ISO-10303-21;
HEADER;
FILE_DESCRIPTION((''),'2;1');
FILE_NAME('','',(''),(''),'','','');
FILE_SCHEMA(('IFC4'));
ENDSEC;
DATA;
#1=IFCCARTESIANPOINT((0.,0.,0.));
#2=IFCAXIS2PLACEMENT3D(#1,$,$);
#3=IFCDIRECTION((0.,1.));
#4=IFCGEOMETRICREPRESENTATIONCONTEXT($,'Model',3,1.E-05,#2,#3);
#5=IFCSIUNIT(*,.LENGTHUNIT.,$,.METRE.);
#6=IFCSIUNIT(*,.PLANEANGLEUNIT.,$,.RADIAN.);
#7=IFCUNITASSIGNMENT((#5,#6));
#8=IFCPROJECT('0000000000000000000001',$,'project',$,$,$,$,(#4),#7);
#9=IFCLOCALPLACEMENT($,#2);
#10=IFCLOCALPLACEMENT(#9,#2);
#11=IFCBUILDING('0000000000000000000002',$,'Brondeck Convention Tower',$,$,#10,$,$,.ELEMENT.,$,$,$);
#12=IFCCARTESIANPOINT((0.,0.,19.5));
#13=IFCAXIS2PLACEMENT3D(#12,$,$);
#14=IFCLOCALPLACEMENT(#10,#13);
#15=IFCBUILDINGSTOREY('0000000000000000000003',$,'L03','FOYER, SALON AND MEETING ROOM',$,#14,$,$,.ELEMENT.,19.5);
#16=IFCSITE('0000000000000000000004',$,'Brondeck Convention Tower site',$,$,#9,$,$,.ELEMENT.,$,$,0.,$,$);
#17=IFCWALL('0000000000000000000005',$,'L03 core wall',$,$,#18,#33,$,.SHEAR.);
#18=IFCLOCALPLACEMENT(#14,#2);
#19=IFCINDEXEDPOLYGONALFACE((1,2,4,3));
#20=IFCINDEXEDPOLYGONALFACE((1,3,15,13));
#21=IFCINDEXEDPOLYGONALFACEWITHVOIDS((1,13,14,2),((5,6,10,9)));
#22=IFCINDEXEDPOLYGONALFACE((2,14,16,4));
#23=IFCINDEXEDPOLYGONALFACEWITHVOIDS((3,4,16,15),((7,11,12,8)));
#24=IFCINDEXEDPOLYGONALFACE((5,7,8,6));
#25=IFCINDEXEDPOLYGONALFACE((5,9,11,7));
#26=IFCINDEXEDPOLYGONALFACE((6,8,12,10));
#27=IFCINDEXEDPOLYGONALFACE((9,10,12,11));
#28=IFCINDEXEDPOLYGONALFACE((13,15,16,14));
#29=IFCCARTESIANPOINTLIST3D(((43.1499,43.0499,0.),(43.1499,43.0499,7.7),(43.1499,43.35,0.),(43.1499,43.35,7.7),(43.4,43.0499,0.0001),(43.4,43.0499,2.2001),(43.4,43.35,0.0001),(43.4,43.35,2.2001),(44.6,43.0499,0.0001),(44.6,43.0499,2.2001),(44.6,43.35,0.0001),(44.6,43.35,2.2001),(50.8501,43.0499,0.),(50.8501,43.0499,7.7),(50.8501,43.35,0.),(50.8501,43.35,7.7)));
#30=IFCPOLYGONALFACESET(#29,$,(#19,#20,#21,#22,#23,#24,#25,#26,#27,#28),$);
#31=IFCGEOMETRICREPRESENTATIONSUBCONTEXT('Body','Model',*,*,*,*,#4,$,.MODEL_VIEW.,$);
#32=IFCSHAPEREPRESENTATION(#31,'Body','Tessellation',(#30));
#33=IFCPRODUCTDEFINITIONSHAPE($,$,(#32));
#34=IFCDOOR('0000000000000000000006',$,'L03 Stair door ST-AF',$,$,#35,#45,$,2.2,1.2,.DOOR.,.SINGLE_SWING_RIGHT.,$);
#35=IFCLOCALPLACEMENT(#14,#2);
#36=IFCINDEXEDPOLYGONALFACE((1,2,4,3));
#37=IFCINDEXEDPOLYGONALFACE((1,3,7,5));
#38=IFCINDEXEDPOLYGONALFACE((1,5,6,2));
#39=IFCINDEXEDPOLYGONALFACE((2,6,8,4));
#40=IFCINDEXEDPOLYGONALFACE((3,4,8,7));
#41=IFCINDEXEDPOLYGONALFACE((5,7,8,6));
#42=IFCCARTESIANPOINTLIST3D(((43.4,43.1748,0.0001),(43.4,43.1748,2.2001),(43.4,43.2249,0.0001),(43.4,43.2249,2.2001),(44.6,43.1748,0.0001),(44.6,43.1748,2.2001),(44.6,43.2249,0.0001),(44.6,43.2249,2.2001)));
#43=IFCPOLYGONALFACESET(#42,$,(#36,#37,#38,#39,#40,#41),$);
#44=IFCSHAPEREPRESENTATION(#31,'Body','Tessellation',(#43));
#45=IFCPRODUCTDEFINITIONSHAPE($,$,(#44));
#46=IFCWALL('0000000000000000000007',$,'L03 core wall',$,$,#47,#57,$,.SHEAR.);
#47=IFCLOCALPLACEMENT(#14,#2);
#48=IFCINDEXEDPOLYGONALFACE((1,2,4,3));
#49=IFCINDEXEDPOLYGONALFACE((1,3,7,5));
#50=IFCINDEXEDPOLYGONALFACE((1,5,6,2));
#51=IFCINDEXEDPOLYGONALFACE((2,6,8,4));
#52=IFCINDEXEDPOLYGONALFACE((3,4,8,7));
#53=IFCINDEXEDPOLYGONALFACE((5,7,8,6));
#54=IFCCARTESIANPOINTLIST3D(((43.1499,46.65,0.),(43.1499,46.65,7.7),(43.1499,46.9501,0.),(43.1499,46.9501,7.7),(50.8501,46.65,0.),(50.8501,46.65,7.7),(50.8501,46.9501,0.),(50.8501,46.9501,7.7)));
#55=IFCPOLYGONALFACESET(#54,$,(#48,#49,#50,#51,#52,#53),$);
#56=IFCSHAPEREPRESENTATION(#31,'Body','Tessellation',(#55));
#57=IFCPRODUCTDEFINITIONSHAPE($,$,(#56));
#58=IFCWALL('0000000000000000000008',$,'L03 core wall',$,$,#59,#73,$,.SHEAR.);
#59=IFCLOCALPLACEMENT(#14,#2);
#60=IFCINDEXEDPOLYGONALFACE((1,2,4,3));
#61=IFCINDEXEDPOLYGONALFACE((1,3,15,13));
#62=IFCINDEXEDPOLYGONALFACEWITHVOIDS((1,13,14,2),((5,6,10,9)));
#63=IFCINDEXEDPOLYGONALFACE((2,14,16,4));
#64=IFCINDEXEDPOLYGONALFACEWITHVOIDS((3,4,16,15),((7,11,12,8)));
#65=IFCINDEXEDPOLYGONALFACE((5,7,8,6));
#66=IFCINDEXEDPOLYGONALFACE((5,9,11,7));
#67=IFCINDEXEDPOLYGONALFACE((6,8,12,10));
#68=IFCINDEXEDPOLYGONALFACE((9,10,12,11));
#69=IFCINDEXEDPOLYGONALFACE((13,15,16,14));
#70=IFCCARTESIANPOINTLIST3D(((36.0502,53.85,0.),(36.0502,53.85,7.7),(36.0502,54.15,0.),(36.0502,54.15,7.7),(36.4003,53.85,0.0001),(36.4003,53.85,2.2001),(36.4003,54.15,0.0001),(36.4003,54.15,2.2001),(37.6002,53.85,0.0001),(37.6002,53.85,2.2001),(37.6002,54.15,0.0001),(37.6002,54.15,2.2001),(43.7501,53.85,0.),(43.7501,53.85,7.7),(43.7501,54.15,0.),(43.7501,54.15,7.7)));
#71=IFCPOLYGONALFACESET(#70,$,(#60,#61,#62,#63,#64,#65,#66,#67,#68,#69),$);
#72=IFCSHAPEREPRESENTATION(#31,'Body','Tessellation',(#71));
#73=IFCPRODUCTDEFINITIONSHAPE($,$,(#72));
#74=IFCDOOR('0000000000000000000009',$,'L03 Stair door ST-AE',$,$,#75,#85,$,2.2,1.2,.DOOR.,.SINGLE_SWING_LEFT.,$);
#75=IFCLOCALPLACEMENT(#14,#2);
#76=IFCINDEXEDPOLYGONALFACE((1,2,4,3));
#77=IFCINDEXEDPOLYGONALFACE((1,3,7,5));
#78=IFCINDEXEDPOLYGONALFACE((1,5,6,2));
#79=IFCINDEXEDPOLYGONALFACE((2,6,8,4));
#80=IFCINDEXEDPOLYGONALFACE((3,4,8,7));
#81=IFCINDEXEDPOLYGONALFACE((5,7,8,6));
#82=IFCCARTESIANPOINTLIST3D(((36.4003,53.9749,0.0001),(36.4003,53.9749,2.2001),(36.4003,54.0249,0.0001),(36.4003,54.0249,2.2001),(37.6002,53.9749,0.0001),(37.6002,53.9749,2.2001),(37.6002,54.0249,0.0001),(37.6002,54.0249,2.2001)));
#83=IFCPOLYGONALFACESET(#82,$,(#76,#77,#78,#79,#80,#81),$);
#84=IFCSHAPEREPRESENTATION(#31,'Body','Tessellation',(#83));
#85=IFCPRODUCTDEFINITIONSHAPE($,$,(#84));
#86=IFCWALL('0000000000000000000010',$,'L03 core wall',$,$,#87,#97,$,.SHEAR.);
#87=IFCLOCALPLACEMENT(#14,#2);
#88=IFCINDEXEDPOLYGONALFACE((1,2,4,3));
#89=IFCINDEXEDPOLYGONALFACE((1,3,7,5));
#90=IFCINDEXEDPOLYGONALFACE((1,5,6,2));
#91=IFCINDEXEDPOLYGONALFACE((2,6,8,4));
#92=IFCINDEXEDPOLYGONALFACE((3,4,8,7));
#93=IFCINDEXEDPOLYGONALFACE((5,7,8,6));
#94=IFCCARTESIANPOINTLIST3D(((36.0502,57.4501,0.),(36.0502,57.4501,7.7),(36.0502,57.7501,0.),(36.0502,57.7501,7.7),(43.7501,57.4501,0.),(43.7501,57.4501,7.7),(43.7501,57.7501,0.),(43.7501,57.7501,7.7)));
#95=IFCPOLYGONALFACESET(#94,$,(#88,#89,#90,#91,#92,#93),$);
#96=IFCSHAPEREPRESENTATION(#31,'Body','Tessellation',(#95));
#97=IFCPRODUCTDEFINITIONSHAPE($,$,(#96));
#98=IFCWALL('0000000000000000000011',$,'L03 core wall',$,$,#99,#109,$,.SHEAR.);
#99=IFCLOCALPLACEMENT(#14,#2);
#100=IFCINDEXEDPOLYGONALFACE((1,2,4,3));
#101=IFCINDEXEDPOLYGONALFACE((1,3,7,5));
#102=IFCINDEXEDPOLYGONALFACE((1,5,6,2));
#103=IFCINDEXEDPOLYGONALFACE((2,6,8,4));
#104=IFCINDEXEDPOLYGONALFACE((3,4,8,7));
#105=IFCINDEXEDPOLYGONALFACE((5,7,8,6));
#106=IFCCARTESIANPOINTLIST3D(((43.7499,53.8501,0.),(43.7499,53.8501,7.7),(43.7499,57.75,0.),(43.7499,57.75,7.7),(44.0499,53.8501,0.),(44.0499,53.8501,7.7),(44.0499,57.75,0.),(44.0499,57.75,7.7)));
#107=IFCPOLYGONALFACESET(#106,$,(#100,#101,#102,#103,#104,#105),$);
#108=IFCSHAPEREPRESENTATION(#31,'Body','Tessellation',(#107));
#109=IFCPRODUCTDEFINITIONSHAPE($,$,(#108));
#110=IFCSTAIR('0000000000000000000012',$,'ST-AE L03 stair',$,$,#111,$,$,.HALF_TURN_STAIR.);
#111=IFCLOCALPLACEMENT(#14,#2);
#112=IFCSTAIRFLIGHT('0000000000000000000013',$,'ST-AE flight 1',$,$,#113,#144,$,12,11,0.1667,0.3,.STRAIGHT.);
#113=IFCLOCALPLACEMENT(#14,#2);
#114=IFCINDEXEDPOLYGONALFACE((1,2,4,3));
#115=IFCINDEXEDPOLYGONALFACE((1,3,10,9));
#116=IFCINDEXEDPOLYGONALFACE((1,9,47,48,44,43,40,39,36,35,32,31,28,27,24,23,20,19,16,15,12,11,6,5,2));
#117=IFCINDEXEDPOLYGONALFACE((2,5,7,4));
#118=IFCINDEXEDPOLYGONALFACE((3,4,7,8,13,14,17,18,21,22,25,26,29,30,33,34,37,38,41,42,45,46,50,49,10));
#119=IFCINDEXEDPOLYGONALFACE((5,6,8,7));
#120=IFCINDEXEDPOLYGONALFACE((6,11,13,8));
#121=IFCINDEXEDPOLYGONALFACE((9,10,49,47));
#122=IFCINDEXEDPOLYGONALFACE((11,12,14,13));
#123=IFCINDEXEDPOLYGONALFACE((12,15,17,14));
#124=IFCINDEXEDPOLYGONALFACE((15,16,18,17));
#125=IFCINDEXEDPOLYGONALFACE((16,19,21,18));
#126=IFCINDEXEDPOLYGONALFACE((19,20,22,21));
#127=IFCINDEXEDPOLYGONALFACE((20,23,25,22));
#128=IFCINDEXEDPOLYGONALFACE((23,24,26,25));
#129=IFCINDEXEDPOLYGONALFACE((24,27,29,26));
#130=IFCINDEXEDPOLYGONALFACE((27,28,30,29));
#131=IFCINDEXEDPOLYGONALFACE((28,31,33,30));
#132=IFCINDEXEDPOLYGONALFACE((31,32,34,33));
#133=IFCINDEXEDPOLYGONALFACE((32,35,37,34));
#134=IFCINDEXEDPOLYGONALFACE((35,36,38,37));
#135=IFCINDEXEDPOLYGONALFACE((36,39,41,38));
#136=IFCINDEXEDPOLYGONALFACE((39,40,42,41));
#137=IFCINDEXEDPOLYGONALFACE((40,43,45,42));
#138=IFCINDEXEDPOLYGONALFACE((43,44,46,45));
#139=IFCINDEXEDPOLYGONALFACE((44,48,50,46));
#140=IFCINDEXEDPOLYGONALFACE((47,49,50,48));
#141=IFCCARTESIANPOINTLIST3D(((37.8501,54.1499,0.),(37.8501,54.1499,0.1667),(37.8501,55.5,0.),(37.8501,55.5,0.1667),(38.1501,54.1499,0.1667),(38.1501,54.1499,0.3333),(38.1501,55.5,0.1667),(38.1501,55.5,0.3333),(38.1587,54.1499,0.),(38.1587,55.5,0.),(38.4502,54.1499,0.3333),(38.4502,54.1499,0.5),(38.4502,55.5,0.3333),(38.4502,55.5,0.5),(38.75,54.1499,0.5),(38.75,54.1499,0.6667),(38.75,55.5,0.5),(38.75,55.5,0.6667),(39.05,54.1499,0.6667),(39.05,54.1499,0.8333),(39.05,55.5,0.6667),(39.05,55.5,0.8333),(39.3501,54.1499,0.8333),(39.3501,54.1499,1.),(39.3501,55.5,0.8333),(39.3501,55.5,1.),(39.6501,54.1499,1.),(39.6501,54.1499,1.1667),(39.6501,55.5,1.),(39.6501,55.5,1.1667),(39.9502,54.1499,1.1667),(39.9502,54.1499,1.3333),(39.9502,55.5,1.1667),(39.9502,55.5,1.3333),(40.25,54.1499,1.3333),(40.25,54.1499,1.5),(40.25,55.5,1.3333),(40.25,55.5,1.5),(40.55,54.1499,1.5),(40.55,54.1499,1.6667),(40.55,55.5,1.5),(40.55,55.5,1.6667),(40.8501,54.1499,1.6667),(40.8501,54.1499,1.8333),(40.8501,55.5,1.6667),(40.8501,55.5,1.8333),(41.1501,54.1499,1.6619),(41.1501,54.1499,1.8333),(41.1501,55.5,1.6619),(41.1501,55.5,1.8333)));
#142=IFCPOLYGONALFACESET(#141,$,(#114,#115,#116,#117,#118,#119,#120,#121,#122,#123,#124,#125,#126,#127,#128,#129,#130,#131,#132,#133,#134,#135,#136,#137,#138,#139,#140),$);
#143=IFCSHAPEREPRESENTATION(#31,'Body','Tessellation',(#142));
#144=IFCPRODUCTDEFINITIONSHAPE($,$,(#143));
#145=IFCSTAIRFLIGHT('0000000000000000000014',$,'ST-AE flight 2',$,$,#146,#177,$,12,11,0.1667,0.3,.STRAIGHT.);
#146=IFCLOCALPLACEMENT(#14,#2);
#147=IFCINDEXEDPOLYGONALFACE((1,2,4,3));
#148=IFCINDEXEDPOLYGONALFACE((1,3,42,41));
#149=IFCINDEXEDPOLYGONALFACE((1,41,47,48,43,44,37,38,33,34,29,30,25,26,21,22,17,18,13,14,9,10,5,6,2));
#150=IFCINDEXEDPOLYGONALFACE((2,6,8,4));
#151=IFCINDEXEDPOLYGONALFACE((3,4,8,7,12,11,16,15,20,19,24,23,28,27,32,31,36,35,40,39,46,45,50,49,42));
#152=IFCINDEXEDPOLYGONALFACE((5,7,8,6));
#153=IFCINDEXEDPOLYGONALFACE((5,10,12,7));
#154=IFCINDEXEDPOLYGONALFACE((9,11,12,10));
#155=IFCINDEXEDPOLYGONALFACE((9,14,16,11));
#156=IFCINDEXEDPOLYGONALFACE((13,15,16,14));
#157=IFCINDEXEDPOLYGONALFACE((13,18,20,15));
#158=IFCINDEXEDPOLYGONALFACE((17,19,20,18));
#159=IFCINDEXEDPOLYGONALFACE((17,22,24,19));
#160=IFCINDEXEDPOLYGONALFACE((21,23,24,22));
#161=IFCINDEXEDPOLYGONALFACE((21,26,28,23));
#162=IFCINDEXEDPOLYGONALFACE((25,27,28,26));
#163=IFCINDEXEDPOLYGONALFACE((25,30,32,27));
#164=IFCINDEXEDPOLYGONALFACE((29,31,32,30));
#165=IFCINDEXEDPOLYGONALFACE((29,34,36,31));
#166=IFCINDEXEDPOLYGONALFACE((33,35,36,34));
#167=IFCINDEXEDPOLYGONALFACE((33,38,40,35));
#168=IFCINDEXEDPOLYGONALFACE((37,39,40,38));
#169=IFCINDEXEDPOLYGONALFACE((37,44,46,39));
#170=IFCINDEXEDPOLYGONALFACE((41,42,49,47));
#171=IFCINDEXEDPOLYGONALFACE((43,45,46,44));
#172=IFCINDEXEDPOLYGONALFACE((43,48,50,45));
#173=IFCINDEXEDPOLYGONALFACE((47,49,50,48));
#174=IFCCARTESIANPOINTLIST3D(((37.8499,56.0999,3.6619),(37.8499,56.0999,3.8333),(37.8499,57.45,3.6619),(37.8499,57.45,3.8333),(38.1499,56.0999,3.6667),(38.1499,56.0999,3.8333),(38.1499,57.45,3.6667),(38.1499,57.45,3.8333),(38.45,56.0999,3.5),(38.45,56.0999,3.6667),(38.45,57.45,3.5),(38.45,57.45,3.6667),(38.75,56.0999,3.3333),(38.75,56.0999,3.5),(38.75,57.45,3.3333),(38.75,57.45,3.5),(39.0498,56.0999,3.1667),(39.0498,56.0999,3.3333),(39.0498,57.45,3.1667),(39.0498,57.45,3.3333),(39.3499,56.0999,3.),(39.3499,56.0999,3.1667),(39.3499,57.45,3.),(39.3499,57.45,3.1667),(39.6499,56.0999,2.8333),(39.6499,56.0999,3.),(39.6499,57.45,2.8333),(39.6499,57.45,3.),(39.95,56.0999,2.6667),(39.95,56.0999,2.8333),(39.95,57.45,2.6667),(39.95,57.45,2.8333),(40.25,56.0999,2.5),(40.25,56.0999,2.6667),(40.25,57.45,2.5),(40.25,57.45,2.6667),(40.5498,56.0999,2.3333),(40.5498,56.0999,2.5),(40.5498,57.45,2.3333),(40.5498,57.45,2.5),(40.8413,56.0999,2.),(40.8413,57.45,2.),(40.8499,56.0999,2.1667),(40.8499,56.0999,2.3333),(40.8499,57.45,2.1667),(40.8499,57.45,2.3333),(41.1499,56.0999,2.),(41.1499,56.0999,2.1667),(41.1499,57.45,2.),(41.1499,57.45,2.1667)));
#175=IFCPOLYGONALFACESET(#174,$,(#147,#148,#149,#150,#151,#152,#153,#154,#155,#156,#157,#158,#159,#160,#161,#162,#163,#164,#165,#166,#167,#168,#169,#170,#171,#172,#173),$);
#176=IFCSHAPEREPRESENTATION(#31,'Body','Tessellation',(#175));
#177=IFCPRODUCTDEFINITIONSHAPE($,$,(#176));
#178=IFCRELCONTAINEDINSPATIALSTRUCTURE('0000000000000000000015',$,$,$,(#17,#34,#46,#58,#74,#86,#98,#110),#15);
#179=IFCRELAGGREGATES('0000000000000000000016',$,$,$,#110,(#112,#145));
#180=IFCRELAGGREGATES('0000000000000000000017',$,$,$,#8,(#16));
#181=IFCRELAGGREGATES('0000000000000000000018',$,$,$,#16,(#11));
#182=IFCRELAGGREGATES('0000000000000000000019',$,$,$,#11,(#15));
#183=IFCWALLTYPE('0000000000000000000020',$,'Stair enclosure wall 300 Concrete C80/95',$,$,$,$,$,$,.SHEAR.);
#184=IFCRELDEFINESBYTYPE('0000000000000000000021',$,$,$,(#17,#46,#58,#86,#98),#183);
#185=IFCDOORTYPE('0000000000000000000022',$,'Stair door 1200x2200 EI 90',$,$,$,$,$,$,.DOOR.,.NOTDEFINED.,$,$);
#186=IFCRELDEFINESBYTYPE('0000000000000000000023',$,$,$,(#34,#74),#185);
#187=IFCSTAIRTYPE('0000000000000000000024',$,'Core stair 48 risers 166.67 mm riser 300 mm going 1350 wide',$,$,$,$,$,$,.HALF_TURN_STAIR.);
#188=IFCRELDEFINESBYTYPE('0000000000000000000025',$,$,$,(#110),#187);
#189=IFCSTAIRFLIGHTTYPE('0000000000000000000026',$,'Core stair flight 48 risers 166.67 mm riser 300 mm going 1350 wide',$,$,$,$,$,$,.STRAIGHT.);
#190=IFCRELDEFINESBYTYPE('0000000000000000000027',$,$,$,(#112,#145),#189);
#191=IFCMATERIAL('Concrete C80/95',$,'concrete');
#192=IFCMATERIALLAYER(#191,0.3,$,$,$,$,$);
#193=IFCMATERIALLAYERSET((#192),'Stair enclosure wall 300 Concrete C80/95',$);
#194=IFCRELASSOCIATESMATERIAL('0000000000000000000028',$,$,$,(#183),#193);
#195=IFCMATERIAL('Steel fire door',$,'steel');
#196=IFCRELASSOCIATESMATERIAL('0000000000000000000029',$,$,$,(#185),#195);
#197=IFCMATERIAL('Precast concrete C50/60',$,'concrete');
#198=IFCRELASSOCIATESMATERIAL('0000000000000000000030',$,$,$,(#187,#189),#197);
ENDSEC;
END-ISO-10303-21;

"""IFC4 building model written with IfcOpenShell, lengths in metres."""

from ifc_helpers import new_model, si_unit, direction, frame, frame_2d, origin, place, context, subcontext, project, spatial, polyline, rectangle, outline, extrude, material, layer, layer_set, type_object, element, fill, aggregate, save


model = new_model("IFC4")

# Units and contexts
model_context = context("Model", 3, precision=1e-05, world=origin(), true_north=direction((0.0, 1.0)))
body_context = subcontext(model_context, "Body", "Model", "MODEL_VIEW")
ifc_project = project(units=[si_unit("LENGTHUNIT", "METRE"), si_unit("PLANEANGLEUNIT", "RADIAN")], contexts=[model_context])

# Site, building, storey
site_placement = place(None, origin())
site = spatial("IfcSite", under=ifc_project, at=site_placement, Name="Brondeck Convention Tower site", CompositionType="ELEMENT", RefElevation=0.0)
building_placement = place(site_placement, origin())
building = spatial("IfcBuilding", under=site, at=building_placement, Name="Brondeck Convention Tower", CompositionType="ELEMENT")
storey_placement = place(building_placement, frame((0.0, 0.0, 19.5)))
storey = spatial("IfcBuildingStorey", under=building, at=storey_placement, Name="L03", Description="FOYER, SALON AND MEETING ROOM", CompositionType="ELEMENT", Elevation=19.5)

# Shared definitions
ifc_material_1 = material(Name="Concrete C80/95", Category="concrete")

# Wall, opening, door
ifc_layer_1 = layer(ifc_material_1, 0.3)
ifc_layer_set_1 = layer_set([ifc_layer_1], Name="Stair enclosure wall 300 Concrete C80/95")
wall_type_1 = type_object("IfcWallType", Name="Stair enclosure wall 300 Concrete C80/95", PredefinedType="SHEAR", material=ifc_layer_set_1)
wall_1_placement = place(storey_placement, frame((43.1499, 43.2, 0.0), z_axis=(0.0, 0.0, 1.0), x_axis=(1.0, 0.0, 0.0)))
wall_1 = element("IfcWall", 1, at=wall_1_placement, inside=storey, type_object=wall_type_1, Name="L03 core wall", PredefinedType="SHEAR", context=body_context, shape_type="SweptSolid", body=[
    extrude(rectangle(XDim=7.7002, YDim=0.3, at=frame_2d((3.8501, 0.0))), origin(), (0.0, 0.0, 1.0), 7.7),
])
opening_1_placement = place(wall_1_placement, frame((0.25, 0.0, 0.0)))
opening_1 = element("IfcOpeningElement", 2, at=opening_1_placement, cuts=wall_1, PredefinedType="OPENING", context=body_context, shape_type="SweptSolid", body=[
    extrude(rectangle(XDim=1.2, YDim=2.2, at=frame_2d((0.6001, 1.1001))), frame((0.0, 0.1599, 0.0), z_axis=(0.0, -1.0, 0.0), x_axis=(1.0, 0.0, 0.0)), (0.0, 0.0, 1.0), 0.3201),
])
ifc_material_2 = material(Name="Steel fire door", Category="steel")
door_type = type_object("IfcDoorType", Name="Stair door 1200x2200 EI 90", OperationType="NOTDEFINED", PredefinedType="DOOR", material=ifc_material_2)
door_1_placement = place(opening_1_placement, origin())
door_1 = element("IfcDoor", 3, at=door_1_placement, inside=storey, type_object=door_type, Name="L03 Stair door ST-AF", OperationType="SINGLE_SWING_RIGHT", OverallHeight=2.2, OverallWidth=1.2, PredefinedType="DOOR", context=body_context, shape_type="SweptSolid", body=[
    extrude(rectangle(XDim=1.2, YDim=2.2, at=frame_2d((0.6001, 1.1001))), frame((0.0, 0.0249, 0.0), z_axis=(0.0, -1.0, 0.0), x_axis=(1.0, 0.0, 0.0)), (0.0, 0.0, 1.0), 0.05),
])
fill(opening_1, door_1)

# Wall
wall_2_placement = place(storey_placement, frame((43.1499, 46.8, 0.0), z_axis=(0.0, 0.0, 1.0), x_axis=(1.0, 0.0, 0.0)))
element("IfcWall", 4, at=wall_2_placement, inside=storey, type_object=wall_type_1, Name="L03 core wall", PredefinedType="SHEAR", context=body_context, shape_type="SweptSolid", body=[
    extrude(rectangle(XDim=7.7002, YDim=0.3, at=frame_2d((3.8501, 0.0))), origin(), (0.0, 0.0, 1.0), 7.7),
])

# Wall, opening, door
wall_3_placement = place(storey_placement, frame((36.05, 54.0, 0.0), z_axis=(0.0, 0.0, 1.0), x_axis=(1.0, 0.0, 0.0)))
wall_3 = element("IfcWall", 5, at=wall_3_placement, inside=storey, type_object=wall_type_1, Name="L03 core wall", PredefinedType="SHEAR", context=body_context, shape_type="SweptSolid", body=[
    extrude(rectangle(XDim=7.7, YDim=0.3, at=frame_2d((3.8501, 0.0))), origin(), (0.0, 0.0, 1.0), 7.7),
])
opening_2_placement = place(wall_3_placement, frame((0.3501, 0.0, 0.0)))
opening_2 = element("IfcOpeningElement", 6, at=opening_2_placement, cuts=wall_3, PredefinedType="OPENING", context=body_context, shape_type="SweptSolid", body=[
    extrude(rectangle(XDim=1.2, YDim=2.2, at=frame_2d((0.6001, 1.1001))), frame((0.0, 0.1599, 0.0), z_axis=(0.0, -1.0, 0.0), x_axis=(1.0, 0.0, 0.0)), (0.0, 0.0, 1.0), 0.3201),
])
door_2_placement = place(opening_2_placement, origin())
door_2 = element("IfcDoor", 7, at=door_2_placement, inside=storey, type_object=door_type, Name="L03 Stair door ST-AE", OperationType="SINGLE_SWING_LEFT", OverallHeight=2.2, OverallWidth=1.2, PredefinedType="DOOR", context=body_context, shape_type="SweptSolid", body=[
    extrude(rectangle(XDim=1.2, YDim=2.2, at=frame_2d((0.6001, 1.1001))), frame((0.0, 0.0249, 0.0), z_axis=(0.0, -1.0, 0.0), x_axis=(1.0, 0.0, 0.0)), (0.0, 0.0, 1.0), 0.05),
])
fill(opening_2, door_2)

# Walls
wall_4_placement = place(storey_placement, frame((36.05, 57.6001, 0.0), z_axis=(0.0, 0.0, 1.0), x_axis=(1.0, 0.0, 0.0)))
element("IfcWall", 8, at=wall_4_placement, inside=storey, type_object=wall_type_1, Name="L03 core wall", PredefinedType="SHEAR", context=body_context, shape_type="SweptSolid", body=[
    extrude(rectangle(XDim=7.7, YDim=0.3, at=frame_2d((3.8501, 0.0))), origin(), (0.0, 0.0, 1.0), 7.7),
])
wall_5_placement = place(storey_placement, frame((43.8999, 53.8501, 0.0), z_axis=(0.0, 0.0, 1.0), x_axis=(0.0, 1.0, 0.0)))
element("IfcWall", 9, at=wall_5_placement, inside=storey, type_object=wall_type_1, Name="L03 core wall", PredefinedType="SHEAR", context=body_context, shape_type="SweptSolid", body=[
    extrude(rectangle(XDim=3.8999, YDim=0.3, at=frame_2d((1.95, 0.0))), origin(), (0.0, 0.0, 1.0), 7.7),
])

# Stair, stair flights
ifc_material_3 = material(Name="Precast concrete C50/60", Category="concrete")
stair_type = type_object("IfcStairType", Name="Core stair 48 risers 166.67 mm riser 300 mm going 1350 wide", PredefinedType="HALF_TURN_STAIR", material=ifc_material_3)
stair_placement = place(storey_placement, origin())
stair = element("IfcStair", 10, at=stair_placement, inside=storey, type_object=stair_type, Name="ST-AE L03 stair", PredefinedType="HALF_TURN_STAIR")
stair_flight_type = type_object("IfcStairFlightType", Name="Core stair flight 48 risers 166.67 mm riser 300 mm going 1350 wide", PredefinedType="STRAIGHT", material=ifc_material_3)
stair_flight_1_placement = place(storey_placement, frame((37.8501, 54.825, 0.0), z_axis=(0.0, 0.0, 1.0), x_axis=(1.0, 0.0, 0.0)))
stair_flight_1 = element("IfcStairFlight", 11, at=stair_flight_1_placement, type_object=stair_flight_type, Name="ST-AE flight 1", NumberOfRisers=12, NumberOfTreads=11, PredefinedType="STRAIGHT", RiserHeight=0.1667, TreadLength=0.3, context=body_context, shape_type="SweptSolid", body=[
    extrude(outline(polyline([(0.0, 0.0), (0.0, 0.1667), (0.3, 0.1667), (0.3, 0.3333), (0.6001, 0.3333), (0.6001, 0.5), (0.8999, 0.5), (0.8999, 0.6667), (1.2, 0.6667), (1.2, 0.8333), (1.5, 0.8333), (1.5, 1.0), (1.8, 1.0), (1.8, 1.1667), (2.1001, 1.1667), (2.1001, 1.3333), (2.3999, 1.3333), (2.3999, 1.5), (2.7, 1.5), (2.7, 1.6667), (3.0, 1.6667), (3.0, 1.8333), (3.3, 1.8333), (3.3, 2.0), (3.3, 1.6619), (0.3086, 0.0), (0.0, 0.0)])), frame((0.0, 0.675, 0.0), z_axis=(0.0, -1.0, 0.0), x_axis=(1.0, 0.0, 0.0)), (0.0, 0.0, 1.0), 1.3501),
])
stair_flight_2_placement = place(storey_placement, frame((41.1499, 56.7749, 2.0), z_axis=(0.0, 0.0, 1.0), x_axis=(-1.0, 0.0, 0.0)))
stair_flight_2 = element("IfcStairFlight", 12, at=stair_flight_2_placement, type_object=stair_flight_type, Name="ST-AE flight 2", NumberOfRisers=12, NumberOfTreads=11, PredefinedType="STRAIGHT", RiserHeight=0.1667, TreadLength=0.3, context=body_context, shape_type="SweptSolid", body=[
    extrude(outline(polyline([(0.0, 0.0), (0.0, 0.1667), (0.3, 0.1667), (0.3, 0.3333), (0.6001, 0.3333), (0.6001, 0.5), (0.8999, 0.5), (0.8999, 0.6667), (1.2, 0.6667), (1.2, 0.8333), (1.5, 0.8333), (1.5, 1.0), (1.8, 1.0), (1.8, 1.1667), (2.1001, 1.1667), (2.1001, 1.3333), (2.3999, 1.3333), (2.3999, 1.5), (2.7, 1.5), (2.7, 1.6667), (3.0, 1.6667), (3.0, 1.8333), (3.3, 1.8333), (3.3, 2.0), (3.3, 1.6619), (0.3086, 0.0), (0.0, 0.0)])), frame((0.0, 0.675, 0.0), z_axis=(0.0, -1.0, 0.0), x_axis=(1.0, 0.0, 0.0)), (0.0, 0.0, 1.0), 1.3501),
])
aggregate(stair, [stair_flight_1, stair_flight_2])

save(model, "model.ifc")
